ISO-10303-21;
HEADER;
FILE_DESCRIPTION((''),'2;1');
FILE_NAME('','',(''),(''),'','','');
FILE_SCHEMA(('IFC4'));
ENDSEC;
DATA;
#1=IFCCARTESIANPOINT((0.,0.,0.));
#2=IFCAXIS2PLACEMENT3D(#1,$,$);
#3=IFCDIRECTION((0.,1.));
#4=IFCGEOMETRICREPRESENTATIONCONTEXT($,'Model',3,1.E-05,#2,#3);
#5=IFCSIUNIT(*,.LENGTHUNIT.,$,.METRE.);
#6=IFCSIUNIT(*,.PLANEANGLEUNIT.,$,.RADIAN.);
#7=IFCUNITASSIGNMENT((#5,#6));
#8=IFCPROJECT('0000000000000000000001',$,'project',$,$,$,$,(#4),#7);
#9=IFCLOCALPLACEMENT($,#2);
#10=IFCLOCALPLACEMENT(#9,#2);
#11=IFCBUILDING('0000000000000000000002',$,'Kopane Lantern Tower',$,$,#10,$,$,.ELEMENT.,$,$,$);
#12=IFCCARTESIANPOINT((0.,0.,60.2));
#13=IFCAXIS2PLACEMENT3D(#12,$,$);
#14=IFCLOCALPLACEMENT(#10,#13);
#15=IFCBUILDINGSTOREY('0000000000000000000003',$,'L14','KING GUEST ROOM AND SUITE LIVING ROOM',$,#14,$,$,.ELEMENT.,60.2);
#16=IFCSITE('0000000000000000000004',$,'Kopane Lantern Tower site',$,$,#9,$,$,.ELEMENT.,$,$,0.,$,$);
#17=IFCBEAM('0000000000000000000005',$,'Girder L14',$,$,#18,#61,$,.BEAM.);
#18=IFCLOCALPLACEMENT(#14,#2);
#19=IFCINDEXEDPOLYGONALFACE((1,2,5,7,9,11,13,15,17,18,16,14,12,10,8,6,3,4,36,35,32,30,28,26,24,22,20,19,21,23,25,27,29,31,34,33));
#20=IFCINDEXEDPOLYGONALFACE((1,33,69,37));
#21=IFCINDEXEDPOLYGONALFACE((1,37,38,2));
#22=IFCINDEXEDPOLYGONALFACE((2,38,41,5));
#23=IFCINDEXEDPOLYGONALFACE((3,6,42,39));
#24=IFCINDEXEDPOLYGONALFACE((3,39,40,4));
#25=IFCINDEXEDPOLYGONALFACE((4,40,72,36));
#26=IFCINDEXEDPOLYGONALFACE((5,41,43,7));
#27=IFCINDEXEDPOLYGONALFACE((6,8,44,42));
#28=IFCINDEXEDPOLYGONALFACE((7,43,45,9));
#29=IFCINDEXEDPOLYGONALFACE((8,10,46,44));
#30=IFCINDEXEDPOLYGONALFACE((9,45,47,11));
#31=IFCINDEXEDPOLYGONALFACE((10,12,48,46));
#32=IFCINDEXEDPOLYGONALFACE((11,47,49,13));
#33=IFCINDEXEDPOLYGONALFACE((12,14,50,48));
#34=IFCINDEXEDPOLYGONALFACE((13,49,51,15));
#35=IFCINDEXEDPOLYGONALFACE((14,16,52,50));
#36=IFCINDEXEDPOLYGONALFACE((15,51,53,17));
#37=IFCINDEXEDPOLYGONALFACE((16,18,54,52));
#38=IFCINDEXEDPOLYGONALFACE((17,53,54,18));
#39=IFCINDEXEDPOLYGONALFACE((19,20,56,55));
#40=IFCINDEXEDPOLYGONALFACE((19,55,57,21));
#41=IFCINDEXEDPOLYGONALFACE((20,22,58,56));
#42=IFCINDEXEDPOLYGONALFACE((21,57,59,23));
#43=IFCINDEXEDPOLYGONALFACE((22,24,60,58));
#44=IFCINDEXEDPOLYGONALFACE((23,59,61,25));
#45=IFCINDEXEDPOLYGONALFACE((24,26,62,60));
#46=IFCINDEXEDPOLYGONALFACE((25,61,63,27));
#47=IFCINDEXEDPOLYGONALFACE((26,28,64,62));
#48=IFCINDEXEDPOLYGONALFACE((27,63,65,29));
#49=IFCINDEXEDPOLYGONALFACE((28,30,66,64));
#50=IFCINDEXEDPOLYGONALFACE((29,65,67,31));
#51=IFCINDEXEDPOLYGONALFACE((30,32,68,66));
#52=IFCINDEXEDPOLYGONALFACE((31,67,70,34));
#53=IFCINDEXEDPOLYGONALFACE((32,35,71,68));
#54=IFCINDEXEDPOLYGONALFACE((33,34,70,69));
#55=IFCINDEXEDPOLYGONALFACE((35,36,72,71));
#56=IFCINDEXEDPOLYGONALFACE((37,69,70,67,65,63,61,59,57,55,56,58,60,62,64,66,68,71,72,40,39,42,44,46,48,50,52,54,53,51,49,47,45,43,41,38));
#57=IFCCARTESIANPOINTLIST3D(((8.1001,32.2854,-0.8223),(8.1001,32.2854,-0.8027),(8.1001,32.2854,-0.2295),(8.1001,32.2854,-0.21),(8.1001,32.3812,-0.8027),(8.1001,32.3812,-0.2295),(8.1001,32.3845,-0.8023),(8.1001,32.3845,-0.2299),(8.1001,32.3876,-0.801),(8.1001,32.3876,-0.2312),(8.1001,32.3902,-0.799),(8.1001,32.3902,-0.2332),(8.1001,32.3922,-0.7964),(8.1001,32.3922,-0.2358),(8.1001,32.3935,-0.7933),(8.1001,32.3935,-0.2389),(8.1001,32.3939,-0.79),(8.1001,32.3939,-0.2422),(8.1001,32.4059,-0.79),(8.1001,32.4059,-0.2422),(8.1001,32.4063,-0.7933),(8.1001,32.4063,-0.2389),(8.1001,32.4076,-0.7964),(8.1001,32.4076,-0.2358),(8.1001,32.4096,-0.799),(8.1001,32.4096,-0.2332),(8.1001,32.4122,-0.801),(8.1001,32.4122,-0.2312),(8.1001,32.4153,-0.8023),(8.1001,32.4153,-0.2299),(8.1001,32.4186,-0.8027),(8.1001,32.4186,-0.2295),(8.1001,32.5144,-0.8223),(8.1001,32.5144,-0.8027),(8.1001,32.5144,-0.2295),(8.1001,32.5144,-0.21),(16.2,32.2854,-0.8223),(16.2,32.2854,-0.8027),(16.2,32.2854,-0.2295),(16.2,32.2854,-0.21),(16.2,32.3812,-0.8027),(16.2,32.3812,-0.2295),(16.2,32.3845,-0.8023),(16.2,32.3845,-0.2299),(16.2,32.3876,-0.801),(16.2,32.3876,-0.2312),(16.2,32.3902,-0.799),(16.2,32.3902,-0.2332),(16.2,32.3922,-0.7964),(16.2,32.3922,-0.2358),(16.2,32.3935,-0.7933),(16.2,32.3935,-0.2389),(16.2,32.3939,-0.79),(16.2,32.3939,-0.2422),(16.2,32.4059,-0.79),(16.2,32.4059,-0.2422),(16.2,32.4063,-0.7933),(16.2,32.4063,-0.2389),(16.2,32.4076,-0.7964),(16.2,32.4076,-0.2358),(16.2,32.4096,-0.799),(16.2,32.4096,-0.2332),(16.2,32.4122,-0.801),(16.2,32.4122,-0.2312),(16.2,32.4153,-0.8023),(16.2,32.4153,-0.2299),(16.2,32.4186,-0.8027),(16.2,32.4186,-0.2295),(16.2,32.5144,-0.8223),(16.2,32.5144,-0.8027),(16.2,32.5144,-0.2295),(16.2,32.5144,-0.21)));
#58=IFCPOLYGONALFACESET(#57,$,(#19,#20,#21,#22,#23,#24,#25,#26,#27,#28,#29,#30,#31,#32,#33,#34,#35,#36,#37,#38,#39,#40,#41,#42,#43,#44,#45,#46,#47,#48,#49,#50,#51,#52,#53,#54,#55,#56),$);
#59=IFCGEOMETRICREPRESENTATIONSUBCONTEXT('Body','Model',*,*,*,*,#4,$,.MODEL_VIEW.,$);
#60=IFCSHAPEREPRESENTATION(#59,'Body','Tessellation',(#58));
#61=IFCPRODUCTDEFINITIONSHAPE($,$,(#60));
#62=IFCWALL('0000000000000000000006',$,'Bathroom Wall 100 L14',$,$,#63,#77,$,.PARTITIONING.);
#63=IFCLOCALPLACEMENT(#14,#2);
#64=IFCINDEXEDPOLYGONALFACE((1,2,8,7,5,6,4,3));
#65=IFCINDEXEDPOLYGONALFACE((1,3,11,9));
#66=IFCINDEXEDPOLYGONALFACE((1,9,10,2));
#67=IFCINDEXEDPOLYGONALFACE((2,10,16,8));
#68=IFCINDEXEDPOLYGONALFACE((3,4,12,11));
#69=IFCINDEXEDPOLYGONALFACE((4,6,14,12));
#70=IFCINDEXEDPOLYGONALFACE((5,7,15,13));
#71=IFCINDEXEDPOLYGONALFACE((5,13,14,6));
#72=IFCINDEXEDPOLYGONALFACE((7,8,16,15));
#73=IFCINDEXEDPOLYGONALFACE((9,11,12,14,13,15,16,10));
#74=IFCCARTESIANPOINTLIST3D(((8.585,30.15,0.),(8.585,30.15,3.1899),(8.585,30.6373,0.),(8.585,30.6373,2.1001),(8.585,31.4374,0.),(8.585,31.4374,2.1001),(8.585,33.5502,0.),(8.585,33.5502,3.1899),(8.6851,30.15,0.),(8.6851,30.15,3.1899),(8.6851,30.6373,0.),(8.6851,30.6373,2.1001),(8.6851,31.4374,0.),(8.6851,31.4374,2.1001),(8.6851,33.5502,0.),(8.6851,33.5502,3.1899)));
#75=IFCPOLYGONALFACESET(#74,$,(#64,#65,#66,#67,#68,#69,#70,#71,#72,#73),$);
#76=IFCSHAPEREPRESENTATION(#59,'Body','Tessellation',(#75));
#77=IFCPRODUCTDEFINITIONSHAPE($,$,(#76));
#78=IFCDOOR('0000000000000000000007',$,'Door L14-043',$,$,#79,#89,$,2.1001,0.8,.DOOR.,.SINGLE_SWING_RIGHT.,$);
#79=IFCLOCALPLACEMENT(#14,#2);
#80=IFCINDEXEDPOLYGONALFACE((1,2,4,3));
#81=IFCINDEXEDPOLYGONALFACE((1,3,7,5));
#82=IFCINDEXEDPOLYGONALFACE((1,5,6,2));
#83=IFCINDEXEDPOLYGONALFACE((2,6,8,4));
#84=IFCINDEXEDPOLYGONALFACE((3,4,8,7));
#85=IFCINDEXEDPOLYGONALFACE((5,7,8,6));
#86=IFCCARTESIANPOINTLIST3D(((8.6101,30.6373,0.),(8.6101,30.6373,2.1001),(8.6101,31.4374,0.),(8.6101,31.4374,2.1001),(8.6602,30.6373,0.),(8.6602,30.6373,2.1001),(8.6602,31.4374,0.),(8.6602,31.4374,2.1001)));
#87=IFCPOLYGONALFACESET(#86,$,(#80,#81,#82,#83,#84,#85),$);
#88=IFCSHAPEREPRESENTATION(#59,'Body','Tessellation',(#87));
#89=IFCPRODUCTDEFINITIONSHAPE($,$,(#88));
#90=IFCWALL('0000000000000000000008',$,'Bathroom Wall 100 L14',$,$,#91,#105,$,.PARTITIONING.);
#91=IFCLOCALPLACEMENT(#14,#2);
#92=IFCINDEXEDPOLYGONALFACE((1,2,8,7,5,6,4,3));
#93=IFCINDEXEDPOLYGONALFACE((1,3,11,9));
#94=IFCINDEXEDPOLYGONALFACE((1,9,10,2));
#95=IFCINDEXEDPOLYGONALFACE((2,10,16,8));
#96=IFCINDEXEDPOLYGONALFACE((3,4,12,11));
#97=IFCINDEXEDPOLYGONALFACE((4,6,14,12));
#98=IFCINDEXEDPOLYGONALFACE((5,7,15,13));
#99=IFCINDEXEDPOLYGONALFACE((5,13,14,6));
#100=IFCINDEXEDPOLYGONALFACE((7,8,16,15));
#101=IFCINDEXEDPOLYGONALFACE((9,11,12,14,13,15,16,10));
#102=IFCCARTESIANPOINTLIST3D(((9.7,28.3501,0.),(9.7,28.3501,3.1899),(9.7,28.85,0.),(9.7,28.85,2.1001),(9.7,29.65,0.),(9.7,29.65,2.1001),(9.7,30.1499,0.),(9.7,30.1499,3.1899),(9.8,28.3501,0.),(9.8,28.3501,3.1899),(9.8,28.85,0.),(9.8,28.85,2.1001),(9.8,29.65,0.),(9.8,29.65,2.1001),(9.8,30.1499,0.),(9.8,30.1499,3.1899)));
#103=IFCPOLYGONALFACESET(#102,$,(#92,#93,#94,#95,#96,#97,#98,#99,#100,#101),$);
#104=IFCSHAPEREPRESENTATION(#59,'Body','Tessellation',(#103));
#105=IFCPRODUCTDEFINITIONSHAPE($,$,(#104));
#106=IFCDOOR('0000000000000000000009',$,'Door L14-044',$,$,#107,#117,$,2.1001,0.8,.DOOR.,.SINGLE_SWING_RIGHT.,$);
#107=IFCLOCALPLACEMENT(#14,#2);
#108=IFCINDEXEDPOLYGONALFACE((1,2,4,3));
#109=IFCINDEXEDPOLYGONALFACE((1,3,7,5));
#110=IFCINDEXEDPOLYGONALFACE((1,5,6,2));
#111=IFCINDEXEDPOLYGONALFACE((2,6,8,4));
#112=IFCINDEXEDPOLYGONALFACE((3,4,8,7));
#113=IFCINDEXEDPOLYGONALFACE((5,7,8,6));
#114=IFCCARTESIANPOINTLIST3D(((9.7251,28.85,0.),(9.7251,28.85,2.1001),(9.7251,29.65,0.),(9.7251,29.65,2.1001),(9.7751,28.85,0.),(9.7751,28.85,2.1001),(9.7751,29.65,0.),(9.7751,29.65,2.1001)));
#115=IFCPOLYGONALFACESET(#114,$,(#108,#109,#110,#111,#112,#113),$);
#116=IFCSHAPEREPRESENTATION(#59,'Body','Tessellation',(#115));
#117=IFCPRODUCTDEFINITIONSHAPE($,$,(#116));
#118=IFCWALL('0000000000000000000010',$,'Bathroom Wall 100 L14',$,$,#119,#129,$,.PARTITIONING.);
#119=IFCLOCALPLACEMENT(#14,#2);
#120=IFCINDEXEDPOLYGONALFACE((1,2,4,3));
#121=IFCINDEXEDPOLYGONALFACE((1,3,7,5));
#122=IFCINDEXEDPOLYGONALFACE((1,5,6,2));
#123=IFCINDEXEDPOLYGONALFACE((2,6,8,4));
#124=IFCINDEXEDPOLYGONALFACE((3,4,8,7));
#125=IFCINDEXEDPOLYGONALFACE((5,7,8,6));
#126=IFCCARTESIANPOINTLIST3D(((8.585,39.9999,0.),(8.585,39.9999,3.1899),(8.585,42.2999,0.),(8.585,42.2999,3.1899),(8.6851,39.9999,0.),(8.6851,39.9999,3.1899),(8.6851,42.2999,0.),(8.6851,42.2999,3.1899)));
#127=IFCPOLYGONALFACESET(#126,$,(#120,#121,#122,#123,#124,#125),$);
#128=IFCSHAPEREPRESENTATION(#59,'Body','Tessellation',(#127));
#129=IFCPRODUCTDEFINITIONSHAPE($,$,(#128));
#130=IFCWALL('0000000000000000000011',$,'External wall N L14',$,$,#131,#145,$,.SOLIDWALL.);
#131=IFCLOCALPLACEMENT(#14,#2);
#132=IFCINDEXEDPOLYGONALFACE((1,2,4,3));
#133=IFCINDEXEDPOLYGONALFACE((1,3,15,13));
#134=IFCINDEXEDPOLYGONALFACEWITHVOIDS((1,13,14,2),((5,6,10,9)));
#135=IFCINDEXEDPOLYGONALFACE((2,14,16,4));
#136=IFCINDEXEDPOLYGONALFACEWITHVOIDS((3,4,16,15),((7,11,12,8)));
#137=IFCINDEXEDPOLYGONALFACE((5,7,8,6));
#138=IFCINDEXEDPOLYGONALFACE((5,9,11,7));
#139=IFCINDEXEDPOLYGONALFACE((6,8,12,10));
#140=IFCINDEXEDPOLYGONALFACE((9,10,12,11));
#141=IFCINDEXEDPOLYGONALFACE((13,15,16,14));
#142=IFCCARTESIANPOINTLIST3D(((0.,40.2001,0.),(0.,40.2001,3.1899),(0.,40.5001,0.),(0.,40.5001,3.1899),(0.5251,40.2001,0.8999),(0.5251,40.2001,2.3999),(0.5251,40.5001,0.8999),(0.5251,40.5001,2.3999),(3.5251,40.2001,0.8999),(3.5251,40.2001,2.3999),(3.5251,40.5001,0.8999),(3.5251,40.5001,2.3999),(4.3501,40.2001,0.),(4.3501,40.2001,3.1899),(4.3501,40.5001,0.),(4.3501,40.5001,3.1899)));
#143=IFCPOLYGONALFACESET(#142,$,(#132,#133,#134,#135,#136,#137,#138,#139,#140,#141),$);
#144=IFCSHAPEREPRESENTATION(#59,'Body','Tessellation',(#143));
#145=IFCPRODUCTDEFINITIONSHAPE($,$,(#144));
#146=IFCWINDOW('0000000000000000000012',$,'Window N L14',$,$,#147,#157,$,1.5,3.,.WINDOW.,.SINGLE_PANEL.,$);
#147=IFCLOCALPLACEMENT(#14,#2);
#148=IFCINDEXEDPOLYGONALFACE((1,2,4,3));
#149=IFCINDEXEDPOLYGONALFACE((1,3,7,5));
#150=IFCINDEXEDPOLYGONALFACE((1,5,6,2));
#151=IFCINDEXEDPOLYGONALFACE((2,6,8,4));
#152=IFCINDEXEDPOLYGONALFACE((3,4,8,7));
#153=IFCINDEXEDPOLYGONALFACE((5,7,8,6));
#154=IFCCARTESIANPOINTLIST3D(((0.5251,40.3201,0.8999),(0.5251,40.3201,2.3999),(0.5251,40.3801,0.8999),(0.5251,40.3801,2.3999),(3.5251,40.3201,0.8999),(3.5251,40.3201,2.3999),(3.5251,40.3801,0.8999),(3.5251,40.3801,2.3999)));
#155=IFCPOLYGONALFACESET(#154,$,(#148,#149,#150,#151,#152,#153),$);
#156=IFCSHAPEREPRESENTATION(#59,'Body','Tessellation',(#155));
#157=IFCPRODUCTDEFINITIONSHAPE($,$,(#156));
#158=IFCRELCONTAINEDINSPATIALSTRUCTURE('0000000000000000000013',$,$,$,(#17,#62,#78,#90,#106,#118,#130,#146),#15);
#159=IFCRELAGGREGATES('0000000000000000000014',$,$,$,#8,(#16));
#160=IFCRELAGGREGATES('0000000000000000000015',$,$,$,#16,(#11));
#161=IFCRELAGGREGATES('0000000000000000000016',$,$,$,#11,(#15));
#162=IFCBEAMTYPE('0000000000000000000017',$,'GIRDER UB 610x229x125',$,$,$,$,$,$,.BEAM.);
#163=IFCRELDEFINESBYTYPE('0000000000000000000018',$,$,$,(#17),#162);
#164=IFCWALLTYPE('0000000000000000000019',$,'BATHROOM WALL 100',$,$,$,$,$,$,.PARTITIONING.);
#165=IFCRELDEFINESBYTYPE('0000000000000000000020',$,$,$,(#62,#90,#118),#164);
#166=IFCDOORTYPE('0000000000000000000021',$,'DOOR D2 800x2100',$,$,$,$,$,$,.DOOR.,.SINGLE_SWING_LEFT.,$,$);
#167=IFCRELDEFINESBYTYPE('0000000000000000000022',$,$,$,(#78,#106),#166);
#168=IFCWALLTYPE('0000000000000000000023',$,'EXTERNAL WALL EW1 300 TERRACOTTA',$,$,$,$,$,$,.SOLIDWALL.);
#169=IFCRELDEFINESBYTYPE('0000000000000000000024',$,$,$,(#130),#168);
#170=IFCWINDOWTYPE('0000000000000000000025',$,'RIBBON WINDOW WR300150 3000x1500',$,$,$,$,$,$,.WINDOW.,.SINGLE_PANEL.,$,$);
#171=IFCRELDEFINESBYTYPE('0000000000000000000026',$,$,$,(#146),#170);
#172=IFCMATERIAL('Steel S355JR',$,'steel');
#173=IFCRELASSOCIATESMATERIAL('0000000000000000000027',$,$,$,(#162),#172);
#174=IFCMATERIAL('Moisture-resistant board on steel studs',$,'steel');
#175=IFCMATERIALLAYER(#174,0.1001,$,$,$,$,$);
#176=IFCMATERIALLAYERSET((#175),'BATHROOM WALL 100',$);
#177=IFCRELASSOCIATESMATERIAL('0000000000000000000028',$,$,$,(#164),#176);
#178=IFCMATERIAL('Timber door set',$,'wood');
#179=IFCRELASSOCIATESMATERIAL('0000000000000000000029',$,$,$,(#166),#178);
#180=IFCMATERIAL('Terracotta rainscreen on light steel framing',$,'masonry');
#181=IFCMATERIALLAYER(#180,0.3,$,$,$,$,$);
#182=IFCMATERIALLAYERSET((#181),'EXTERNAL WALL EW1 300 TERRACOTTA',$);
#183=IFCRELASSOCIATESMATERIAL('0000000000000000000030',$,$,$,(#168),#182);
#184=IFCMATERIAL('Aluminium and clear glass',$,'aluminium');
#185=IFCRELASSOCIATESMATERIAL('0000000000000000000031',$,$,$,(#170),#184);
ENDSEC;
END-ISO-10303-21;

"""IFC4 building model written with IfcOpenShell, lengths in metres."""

from ifc_helpers import new_model, si_unit, direction, frame, frame_2d, origin, origin_2d, place, context, subcontext, project, spatial, rectangle, i_section, extrude, material, layer, layer_set, material_profile, profile_set, type_object, element, fill, save


model = new_model("IFC4")

# Units and contexts
model_context = context("Model", 3, precision=1e-05, world=origin(), true_north=direction((0.0, 1.0)))
body_context = subcontext(model_context, "Body", "Model", "MODEL_VIEW")
ifc_project = project(units=[si_unit("LENGTHUNIT", "METRE"), si_unit("PLANEANGLEUNIT", "RADIAN")], contexts=[model_context])

# Site, building, storey
site_placement = place(None, origin())
site = spatial("IfcSite", under=ifc_project, at=site_placement, Name="Kopane Lantern Tower site", CompositionType="ELEMENT", RefElevation=0.0)
building_placement = place(site_placement, origin())
building = spatial("IfcBuilding", under=site, at=building_placement, Name="Kopane Lantern Tower", CompositionType="ELEMENT")
storey_placement = place(building_placement, frame((0.0, 0.0, 60.2)))
storey = spatial("IfcBuildingStorey", under=building, at=storey_placement, Name="L14", Description="KING GUEST ROOM AND SUITE LIVING ROOM", CompositionType="ELEMENT", Elevation=60.2)

# Beam
ifc_material_1 = material(Name="Steel S355JR", Category="steel")
ifc_material_profile_1 = material_profile(ifc_material_1, i_section(OverallWidth=0.229, OverallDepth=0.6123, WebThickness=0.012, FlangeThickness=0.0195, FilletRadius=0.0127, at=origin_2d()), Name="UB 610x229x125")
ifc_profile_set_1 = profile_set([ifc_material_profile_1], Name="Steel S355JR")
beam_type = type_object("IfcBeamType", Name="GIRDER UB 610x229x125", PredefinedType="BEAM", material=ifc_profile_set_1)
beam_placement = place(storey_placement, frame((8.1001, 32.3999, -0.5161), z_axis=(1.0, 0.0, 0.0), x_axis=(0.0, 1.0, 0.0)))
element("IfcBeam", 1, at=beam_placement, inside=storey, type_object=beam_type, Name="Girder L14", PredefinedType="BEAM", context=body_context, shape_type="SweptSolid", body=[
    extrude(i_section(OverallWidth=0.229, OverallDepth=0.6123, WebThickness=0.012, FlangeThickness=0.0195, FilletRadius=0.0127, at=origin_2d()), origin(), (0.0, 0.0, 1.0), 8.0999),
])

# Walls, openings, doors
ifc_material_2 = material(Name="Moisture-resistant board on steel studs", Category="steel")
ifc_layer_1 = layer(ifc_material_2, 0.1001)
ifc_layer_set_1 = layer_set([ifc_layer_1], Name="BATHROOM WALL 100")
wall_type_1 = type_object("IfcWallType", Name="BATHROOM WALL 100", PredefinedType="PARTITIONING", material=ifc_layer_set_1)
wall_1_placement = place(storey_placement, frame((8.635, 30.1499, 0.0), z_axis=(0.0, 0.0, 1.0), x_axis=(0.0, 1.0, 0.0)))
wall_1 = element("IfcWall", 2, at=wall_1_placement, inside=storey, type_object=wall_type_1, Name="Bathroom Wall 100 L14", PredefinedType="PARTITIONING", context=body_context, shape_type="SweptSolid", body=[
    extrude(rectangle(XDim=3.4001, YDim=0.1001, at=frame_2d((1.7002, 0.0))), origin(), (0.0, 0.0, 1.0), 3.1899),
])
opening_1_placement = place(wall_1_placement, frame((0.4875, 0.0, 0.0)))
opening_1 = element("IfcOpeningElement", 3, at=opening_1_placement, cuts=wall_1, PredefinedType="OPENING", context=body_context, shape_type="SweptSolid", body=[
    extrude(rectangle(XDim=0.8, YDim=2.1001, at=frame_2d((0.3999, 1.05))), frame((0.0, 0.0601, 0.0), z_axis=(0.0, -1.0, 0.0), x_axis=(1.0, 0.0, 0.0)), (0.0, 0.0, 1.0), 0.1201),
])
ifc_material_3 = material(Name="Timber door set", Category="wood")
door_type = type_object("IfcDoorType", Name="DOOR D2 800x2100", OperationType="SINGLE_SWING_LEFT", PredefinedType="DOOR", material=ifc_material_3)
door_1_placement = place(opening_1_placement, origin())
door_1 = element("IfcDoor", 4, at=door_1_placement, inside=storey, type_object=door_type, Name="Door L14-043", OperationType="SINGLE_SWING_RIGHT", OverallHeight=2.1001, OverallWidth=0.8, PredefinedType="DOOR", context=body_context, shape_type="SweptSolid", body=[
    extrude(rectangle(XDim=0.8, YDim=2.1001, at=frame_2d((0.3999, 1.05))), frame((0.0, 0.0249, 0.0), z_axis=(0.0, -1.0, 0.0), x_axis=(1.0, 0.0, 0.0)), (0.0, 0.0, 1.0), 0.05),
])
fill(opening_1, door_1)
wall_2_placement = place(storey_placement, frame((9.75, 28.3501, 0.0), z_axis=(0.0, 0.0, 1.0), x_axis=(0.0, 1.0, 0.0)))
wall_2 = element("IfcWall", 5, at=wall_2_placement, inside=storey, type_object=wall_type_1, Name="Bathroom Wall 100 L14", PredefinedType="PARTITIONING", context=body_context, shape_type="SweptSolid", body=[
    extrude(rectangle(XDim=1.7998, YDim=0.1001, at=frame_2d((0.8999, 0.0))), origin(), (0.0, 0.0, 1.0), 3.1899),
])
opening_2_placement = place(wall_2_placement, frame((0.5, 0.0, 0.0)))
opening_2 = element("IfcOpeningElement", 6, at=opening_2_placement, cuts=wall_2, PredefinedType="OPENING", context=body_context, shape_type="SweptSolid", body=[
    extrude(rectangle(XDim=0.8, YDim=2.1001, at=frame_2d((0.3999, 1.05))), frame((0.0, 0.0601, 0.0), z_axis=(0.0, -1.0, 0.0), x_axis=(1.0, 0.0, 0.0)), (0.0, 0.0, 1.0), 0.1201),
])
door_2_placement = place(opening_2_placement, origin())
door_2 = element("IfcDoor", 7, at=door_2_placement, inside=storey, type_object=door_type, Name="Door L14-044", OperationType="SINGLE_SWING_RIGHT", OverallHeight=2.1001, OverallWidth=0.8, PredefinedType="DOOR", context=body_context, shape_type="SweptSolid", body=[
    extrude(rectangle(XDim=0.8, YDim=2.1001, at=frame_2d((0.3999, 1.05))), frame((0.0, 0.0249, 0.0), z_axis=(0.0, -1.0, 0.0), x_axis=(1.0, 0.0, 0.0)), (0.0, 0.0, 1.0), 0.05),
])
fill(opening_2, door_2)

# Wall
wall_3_placement = place(storey_placement, frame((8.635, 40.0, 0.0), z_axis=(0.0, 0.0, 1.0), x_axis=(0.0, 1.0, 0.0)))
element("IfcWall", 8, at=wall_3_placement, inside=storey, type_object=wall_type_1, Name="Bathroom Wall 100 L14", PredefinedType="PARTITIONING", context=body_context, shape_type="SweptSolid", body=[
    extrude(rectangle(XDim=2.3, YDim=0.1001, at=frame_2d((1.1499, 0.0))), origin(), (0.0, 0.0, 1.0), 3.1899),
])

# Wall, opening, window
ifc_material_4 = material(Name="Terracotta rainscreen on light steel framing", Category="masonry")
ifc_layer_2 = layer(ifc_material_4, 0.3)
ifc_layer_set_2 = layer_set([ifc_layer_2], Name="EXTERNAL WALL EW1 300 TERRACOTTA")
wall_type_2 = type_object("IfcWallType", Name="EXTERNAL WALL EW1 300 TERRACOTTA", PredefinedType="SOLIDWALL", material=ifc_layer_set_2)
wall_4_placement = place(storey_placement, frame((4.3501, 40.3501, 0.0), z_axis=(0.0, 0.0, 1.0), x_axis=(-1.0, 0.0, 0.0)))
wall_4 = element("IfcWall", 9, at=wall_4_placement, inside=storey, type_object=wall_type_2, Name="External wall N L14", PredefinedType="SOLIDWALL", context=body_context, shape_type="SweptSolid", body=[
    extrude(rectangle(XDim=4.3501, YDim=0.3, at=frame_2d((2.175, 0.0))), origin(), (0.0, 0.0, 1.0), 3.1899),
])
opening_3_placement = place(wall_4_placement, frame((0.825, 0.0, 0.8999)))
opening_3 = element("IfcOpeningElement", 10, at=opening_3_placement, cuts=wall_4, PredefinedType="OPENING", context=body_context, shape_type="SweptSolid", body=[
    extrude(rectangle(XDim=3.0, YDim=1.5, at=frame_2d((1.5, 0.75))), frame((0.0, 0.1599, 0.0), z_axis=(0.0, -1.0, 0.0), x_axis=(1.0, 0.0, 0.0)), (0.0, 0.0, 1.0), 0.3201),
])
ifc_material_5 = material(Name="Aluminium and clear glass", Category="aluminium")
window_type_1 = type_object("IfcWindowType", Name="RIBBON WINDOW WR300150 3000x1500", PartitioningType="SINGLE_PANEL", PredefinedType="WINDOW", material=ifc_material_5)
window_1_placement = place(opening_3_placement, origin())
window_1 = element("IfcWindow", 11, at=window_1_placement, inside=storey, type_object=window_type_1, Name="Window N L14", OverallHeight=1.5, OverallWidth=3.0, PartitioningType="SINGLE_PANEL", PredefinedType="WINDOW", context=body_context, shape_type="SweptSolid", body=[
    extrude(rectangle(XDim=3.0, YDim=1.5, at=frame_2d((1.5, 0.75))), frame((0.0, 0.03, 0.0), z_axis=(0.0, -1.0, 0.0), x_axis=(1.0, 0.0, 0.0)), (0.0, 0.0, 1.0), 0.0601),
])
fill(opening_3, window_1)

save(model, "model.ifc")
